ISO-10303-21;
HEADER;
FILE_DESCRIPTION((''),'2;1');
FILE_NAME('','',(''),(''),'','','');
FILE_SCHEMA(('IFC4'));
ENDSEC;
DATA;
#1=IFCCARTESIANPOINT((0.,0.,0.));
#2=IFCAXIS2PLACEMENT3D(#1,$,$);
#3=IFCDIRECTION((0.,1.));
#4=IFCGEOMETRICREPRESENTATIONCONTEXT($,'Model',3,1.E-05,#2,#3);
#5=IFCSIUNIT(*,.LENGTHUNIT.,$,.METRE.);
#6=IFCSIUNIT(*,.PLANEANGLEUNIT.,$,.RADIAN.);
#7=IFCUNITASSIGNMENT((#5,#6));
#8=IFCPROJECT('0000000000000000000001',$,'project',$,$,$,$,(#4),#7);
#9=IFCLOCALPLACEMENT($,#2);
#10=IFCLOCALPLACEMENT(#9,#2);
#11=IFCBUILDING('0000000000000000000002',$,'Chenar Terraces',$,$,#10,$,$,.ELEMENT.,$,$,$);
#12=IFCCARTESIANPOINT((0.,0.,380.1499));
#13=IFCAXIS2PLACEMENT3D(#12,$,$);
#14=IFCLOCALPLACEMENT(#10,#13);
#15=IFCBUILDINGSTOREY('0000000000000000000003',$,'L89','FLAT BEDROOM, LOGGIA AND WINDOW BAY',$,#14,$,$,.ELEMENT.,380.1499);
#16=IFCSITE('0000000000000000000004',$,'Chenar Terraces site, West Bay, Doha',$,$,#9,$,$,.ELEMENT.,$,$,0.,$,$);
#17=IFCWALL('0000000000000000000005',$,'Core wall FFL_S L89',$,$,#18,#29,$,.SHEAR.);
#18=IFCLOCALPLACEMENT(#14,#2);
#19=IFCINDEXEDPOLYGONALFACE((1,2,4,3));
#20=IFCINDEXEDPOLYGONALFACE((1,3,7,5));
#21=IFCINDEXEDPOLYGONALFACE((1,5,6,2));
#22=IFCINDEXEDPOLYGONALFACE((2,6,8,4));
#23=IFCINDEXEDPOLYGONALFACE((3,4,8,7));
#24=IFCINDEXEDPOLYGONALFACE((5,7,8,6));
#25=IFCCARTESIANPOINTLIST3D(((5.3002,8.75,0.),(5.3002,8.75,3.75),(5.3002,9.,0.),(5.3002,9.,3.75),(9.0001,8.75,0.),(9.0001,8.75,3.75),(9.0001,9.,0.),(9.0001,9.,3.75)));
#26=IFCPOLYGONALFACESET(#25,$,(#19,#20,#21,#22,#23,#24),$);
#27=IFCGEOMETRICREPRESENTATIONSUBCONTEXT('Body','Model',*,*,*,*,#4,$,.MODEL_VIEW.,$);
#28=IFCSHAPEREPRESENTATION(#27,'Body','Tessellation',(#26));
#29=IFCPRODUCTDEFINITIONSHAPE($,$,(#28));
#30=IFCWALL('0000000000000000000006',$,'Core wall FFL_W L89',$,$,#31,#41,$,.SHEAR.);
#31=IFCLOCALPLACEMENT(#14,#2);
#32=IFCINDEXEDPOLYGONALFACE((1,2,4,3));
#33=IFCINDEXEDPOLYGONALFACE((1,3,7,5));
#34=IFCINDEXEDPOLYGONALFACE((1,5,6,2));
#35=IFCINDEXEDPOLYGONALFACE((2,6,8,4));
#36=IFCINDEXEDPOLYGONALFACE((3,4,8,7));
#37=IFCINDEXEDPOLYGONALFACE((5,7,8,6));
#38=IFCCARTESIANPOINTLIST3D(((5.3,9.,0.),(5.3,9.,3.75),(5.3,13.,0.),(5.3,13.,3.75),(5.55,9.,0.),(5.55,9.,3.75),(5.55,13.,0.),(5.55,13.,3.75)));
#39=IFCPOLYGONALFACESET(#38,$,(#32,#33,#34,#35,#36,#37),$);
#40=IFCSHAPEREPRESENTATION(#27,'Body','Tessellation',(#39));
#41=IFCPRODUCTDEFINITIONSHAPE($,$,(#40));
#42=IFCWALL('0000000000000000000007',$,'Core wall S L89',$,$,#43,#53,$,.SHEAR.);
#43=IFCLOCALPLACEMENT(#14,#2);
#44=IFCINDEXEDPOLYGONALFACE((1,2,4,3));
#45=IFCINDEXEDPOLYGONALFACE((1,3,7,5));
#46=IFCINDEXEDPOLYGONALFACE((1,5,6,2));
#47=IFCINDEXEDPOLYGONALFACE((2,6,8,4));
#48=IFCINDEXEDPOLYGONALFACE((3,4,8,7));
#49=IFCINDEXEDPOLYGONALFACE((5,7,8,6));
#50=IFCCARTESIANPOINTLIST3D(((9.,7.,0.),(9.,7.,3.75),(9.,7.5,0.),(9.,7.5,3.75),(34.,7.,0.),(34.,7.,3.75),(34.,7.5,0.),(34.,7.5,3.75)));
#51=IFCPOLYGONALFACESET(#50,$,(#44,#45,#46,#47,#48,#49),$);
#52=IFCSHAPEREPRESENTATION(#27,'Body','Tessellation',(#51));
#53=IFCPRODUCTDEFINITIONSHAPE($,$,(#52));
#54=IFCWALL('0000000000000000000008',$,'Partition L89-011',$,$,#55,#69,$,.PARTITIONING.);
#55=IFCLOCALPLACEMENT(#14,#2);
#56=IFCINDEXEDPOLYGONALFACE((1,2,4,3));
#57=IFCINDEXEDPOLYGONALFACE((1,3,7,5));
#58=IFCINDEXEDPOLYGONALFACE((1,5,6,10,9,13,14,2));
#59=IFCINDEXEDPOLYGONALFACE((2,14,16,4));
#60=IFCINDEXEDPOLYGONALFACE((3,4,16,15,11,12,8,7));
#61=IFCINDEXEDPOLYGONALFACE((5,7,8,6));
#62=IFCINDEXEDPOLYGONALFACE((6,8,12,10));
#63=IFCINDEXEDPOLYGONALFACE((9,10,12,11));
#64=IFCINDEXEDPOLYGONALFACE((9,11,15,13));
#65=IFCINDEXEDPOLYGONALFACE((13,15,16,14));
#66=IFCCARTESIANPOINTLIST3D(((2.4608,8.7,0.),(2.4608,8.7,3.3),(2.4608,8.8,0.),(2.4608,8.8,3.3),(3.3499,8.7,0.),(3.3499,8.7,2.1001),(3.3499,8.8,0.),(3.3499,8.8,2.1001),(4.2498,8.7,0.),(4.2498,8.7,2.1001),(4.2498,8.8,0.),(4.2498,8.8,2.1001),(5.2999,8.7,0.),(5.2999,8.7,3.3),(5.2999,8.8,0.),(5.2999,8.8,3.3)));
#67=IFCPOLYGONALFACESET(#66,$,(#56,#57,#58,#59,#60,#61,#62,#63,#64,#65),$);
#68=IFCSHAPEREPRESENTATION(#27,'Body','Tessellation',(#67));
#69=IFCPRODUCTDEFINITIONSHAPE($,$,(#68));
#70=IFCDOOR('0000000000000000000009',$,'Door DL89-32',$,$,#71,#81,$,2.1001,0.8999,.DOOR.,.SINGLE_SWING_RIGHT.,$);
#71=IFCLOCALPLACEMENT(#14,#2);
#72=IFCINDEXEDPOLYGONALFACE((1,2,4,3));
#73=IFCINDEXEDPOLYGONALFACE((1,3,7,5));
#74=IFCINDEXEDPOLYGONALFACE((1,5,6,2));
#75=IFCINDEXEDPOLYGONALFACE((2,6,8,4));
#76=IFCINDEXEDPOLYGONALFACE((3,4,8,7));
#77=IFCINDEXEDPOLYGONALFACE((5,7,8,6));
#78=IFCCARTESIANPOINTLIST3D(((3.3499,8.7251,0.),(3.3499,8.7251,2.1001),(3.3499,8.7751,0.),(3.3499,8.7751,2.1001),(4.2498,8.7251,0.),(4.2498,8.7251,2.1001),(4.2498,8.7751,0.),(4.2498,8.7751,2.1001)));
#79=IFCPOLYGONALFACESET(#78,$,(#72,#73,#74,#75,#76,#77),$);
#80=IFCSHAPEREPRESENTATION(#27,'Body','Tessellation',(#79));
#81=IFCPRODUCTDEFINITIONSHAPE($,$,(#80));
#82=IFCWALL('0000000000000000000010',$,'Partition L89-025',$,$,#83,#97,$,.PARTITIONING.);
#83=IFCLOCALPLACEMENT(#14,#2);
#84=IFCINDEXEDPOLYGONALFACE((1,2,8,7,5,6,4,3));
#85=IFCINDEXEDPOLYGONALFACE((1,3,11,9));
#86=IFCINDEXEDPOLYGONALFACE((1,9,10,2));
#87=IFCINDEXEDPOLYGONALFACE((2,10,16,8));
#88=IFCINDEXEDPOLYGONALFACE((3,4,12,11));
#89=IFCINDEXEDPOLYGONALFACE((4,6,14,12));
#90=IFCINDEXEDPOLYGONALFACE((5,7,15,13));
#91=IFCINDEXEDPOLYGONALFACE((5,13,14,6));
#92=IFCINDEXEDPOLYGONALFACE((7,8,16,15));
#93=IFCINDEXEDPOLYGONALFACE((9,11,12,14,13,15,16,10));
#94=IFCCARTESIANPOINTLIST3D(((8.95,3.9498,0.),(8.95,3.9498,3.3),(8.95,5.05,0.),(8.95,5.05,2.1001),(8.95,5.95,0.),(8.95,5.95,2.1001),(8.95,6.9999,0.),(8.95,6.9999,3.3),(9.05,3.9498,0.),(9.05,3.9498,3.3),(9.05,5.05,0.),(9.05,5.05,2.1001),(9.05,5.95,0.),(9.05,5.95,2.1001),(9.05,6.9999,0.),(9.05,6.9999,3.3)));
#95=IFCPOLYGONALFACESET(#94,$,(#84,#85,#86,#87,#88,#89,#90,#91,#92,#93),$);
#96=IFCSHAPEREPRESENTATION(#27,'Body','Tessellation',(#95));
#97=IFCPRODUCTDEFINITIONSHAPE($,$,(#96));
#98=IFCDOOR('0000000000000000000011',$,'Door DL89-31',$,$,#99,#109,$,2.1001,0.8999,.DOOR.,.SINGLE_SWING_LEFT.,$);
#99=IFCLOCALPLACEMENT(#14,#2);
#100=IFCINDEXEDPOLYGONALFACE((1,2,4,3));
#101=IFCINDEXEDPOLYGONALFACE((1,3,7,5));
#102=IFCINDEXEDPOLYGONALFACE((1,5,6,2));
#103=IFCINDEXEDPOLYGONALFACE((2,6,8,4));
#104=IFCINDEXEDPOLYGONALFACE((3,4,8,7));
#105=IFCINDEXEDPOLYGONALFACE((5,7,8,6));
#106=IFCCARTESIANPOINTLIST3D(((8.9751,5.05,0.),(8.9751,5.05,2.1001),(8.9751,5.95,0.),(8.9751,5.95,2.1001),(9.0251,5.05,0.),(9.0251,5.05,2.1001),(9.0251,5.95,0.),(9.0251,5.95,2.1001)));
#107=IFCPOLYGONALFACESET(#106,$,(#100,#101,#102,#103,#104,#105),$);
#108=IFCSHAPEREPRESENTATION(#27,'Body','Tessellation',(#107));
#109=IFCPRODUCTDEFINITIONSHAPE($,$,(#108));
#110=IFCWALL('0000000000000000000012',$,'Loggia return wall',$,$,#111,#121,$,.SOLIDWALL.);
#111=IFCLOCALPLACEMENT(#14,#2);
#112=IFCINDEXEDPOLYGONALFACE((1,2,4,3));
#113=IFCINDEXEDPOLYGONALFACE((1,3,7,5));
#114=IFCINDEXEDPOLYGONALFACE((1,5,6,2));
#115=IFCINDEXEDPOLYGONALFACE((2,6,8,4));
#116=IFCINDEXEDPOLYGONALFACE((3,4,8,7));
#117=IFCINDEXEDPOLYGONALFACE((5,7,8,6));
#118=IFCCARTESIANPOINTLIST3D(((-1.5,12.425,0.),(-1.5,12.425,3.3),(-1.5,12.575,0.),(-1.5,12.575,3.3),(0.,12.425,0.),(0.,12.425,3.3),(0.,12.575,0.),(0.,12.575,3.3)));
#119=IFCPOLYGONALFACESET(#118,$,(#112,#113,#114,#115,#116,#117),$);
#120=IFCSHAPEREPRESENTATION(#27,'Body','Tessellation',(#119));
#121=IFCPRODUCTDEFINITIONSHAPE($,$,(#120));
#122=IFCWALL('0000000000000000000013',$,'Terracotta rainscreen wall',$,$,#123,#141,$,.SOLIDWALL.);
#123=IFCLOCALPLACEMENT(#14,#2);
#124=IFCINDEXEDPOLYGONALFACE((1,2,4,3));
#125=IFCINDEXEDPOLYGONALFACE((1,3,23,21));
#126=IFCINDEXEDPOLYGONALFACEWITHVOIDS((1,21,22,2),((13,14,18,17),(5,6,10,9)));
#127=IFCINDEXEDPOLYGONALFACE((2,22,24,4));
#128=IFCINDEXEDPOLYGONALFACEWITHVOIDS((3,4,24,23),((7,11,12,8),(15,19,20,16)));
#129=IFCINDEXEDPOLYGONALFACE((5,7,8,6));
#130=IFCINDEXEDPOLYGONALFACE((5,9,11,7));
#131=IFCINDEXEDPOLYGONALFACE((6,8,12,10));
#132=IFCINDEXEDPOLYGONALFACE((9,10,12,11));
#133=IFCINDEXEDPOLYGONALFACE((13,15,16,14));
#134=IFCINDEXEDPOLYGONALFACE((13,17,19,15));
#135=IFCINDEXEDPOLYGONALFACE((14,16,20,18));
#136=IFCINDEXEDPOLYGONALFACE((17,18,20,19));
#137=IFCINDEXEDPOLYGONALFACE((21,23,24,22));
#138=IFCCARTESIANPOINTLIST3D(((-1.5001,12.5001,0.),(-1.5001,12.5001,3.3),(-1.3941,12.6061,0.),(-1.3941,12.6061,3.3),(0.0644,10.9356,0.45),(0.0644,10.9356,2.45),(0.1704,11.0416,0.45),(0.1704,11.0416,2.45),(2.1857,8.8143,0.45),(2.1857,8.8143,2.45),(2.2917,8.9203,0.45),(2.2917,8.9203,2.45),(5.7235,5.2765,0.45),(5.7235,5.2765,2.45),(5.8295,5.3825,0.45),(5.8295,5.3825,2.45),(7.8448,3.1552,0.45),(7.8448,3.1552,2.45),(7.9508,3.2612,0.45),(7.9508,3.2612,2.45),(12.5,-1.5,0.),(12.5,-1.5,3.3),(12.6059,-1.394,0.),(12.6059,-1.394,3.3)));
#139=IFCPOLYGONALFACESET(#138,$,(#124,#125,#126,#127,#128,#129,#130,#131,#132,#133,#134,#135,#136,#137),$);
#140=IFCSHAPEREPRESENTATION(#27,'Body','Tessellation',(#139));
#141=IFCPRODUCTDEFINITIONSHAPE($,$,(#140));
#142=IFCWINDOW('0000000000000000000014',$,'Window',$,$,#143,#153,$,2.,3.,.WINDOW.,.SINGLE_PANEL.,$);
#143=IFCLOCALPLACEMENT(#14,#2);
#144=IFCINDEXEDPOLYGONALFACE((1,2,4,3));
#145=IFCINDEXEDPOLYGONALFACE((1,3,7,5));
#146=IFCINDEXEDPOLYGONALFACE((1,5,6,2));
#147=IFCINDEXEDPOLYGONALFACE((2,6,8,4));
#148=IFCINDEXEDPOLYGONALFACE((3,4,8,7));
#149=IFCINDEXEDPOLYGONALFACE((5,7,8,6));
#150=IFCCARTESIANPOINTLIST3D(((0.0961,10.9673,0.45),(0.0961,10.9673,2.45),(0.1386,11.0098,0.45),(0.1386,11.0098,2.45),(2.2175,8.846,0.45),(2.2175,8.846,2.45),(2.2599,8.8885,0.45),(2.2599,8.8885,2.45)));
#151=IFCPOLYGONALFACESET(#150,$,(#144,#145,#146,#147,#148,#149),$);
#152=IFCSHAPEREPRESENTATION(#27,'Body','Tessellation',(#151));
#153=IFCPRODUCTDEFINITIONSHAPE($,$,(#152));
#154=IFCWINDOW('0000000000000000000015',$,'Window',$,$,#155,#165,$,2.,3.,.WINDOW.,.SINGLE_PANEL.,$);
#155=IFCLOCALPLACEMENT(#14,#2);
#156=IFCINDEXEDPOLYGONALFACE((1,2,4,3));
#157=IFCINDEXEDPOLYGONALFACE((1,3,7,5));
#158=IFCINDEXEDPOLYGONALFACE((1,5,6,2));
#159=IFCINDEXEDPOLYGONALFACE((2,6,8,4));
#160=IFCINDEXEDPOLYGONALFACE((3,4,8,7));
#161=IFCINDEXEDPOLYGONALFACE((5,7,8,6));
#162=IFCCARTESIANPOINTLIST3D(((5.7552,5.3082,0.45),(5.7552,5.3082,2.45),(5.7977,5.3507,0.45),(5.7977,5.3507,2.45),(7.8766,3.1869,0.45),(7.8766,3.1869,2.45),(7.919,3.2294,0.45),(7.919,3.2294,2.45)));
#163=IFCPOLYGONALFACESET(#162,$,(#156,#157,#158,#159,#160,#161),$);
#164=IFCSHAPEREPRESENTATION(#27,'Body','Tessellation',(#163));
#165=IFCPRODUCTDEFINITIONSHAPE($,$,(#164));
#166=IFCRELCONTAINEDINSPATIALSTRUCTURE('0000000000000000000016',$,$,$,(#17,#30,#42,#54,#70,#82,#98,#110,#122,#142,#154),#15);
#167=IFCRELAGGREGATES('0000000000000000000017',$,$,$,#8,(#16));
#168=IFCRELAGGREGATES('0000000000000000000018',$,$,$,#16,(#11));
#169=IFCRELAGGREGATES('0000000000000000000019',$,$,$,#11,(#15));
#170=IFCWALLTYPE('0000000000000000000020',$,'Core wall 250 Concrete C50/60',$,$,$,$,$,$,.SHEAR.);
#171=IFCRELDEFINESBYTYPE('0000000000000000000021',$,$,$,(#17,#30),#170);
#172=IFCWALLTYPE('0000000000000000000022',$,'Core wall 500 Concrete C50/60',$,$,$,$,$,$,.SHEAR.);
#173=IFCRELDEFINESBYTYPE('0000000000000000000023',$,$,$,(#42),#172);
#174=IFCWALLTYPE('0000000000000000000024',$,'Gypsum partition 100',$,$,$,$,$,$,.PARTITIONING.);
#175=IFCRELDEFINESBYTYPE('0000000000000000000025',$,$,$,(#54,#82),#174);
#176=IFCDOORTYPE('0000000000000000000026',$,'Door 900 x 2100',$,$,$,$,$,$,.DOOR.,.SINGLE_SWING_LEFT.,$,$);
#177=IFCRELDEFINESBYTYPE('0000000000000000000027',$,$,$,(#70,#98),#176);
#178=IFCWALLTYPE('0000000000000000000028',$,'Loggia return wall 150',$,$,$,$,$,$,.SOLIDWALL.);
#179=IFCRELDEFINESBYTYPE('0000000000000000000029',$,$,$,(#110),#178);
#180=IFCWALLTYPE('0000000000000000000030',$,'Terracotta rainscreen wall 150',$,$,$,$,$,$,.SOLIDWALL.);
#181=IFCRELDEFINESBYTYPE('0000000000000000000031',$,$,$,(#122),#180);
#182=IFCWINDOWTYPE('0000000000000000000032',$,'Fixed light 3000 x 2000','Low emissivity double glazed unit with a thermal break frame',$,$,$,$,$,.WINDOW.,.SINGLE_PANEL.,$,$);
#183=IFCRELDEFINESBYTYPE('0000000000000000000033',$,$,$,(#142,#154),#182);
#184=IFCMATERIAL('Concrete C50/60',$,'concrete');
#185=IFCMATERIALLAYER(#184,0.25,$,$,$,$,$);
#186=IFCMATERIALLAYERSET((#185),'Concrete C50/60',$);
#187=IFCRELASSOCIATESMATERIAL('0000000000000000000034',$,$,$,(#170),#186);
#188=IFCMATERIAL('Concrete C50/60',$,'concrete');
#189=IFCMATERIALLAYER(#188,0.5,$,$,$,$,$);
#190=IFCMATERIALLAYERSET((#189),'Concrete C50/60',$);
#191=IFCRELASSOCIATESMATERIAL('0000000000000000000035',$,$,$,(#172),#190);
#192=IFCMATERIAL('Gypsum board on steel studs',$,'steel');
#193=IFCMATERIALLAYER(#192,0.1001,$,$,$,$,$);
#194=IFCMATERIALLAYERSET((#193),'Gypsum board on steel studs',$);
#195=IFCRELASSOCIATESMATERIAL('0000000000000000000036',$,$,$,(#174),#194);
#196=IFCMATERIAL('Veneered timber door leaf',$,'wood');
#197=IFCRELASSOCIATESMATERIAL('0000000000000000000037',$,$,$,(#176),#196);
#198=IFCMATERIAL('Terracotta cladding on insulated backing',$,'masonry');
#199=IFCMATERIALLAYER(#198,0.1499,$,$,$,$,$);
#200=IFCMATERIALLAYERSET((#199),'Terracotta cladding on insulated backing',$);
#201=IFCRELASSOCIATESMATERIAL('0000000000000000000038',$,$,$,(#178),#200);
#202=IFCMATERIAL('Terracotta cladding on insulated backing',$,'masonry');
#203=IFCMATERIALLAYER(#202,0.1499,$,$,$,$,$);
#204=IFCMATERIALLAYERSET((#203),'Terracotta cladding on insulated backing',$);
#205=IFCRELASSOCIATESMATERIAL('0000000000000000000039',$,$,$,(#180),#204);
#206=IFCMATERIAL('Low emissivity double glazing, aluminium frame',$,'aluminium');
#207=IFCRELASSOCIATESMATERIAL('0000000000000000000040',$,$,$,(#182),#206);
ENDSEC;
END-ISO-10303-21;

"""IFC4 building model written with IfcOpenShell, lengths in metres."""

from ifc_helpers import new_model, si_unit, direction, frame, frame_2d, origin, place, context, subcontext, project, spatial, rectangle, extrude, material, layer, layer_set, type_object, element, fill, save


model = new_model("IFC4")

# Units and contexts
model_context = context("Model", 3, precision=1e-05, world=origin(), true_north=direction((0.0, 1.0)))
body_context = subcontext(model_context, "Body", "Model", "MODEL_VIEW")
ifc_project = project(units=[si_unit("LENGTHUNIT", "METRE"), si_unit("PLANEANGLEUNIT", "RADIAN")], contexts=[model_context])

# Site, building, storey
site_placement = place(None, origin())
site = spatial("IfcSite", under=ifc_project, at=site_placement, Name="Chenar Terraces site, West Bay, Doha", CompositionType="ELEMENT", RefElevation=0.0)
building_placement = place(site_placement, origin())
building = spatial("IfcBuilding", under=site, at=building_placement, Name="Chenar Terraces", CompositionType="ELEMENT")
storey_placement = place(building_placement, frame((0.0, 0.0, 380.1499)))
storey = spatial("IfcBuildingStorey", under=building, at=storey_placement, Name="L89", Description="FLAT BEDROOM, LOGGIA AND WINDOW BAY", CompositionType="ELEMENT", Elevation=380.1499)

# Shared definitions
ifc_material_1 = material(Name="Concrete C50/60", Category="concrete")
ifc_layer_1 = layer(ifc_material_1, 0.25)
ifc_layer_set_1 = layer_set([ifc_layer_1], Name="Concrete C50/60")
wall_type_1 = type_object("IfcWallType", Name="Core wall 250 Concrete C50/60", PredefinedType="SHEAR", material=ifc_layer_set_1)

# Walls
wall_1_placement = place(storey_placement, frame((5.3, 8.875, 0.0), z_axis=(0.0, 0.0, 1.0), x_axis=(1.0, 0.0, 0.0)))
element("IfcWall", 1, at=wall_1_placement, inside=storey, type_object=wall_type_1, Name="Core wall FFL_S L89", PredefinedType="SHEAR", context=body_context, shape_type="SweptSolid", body=[
    extrude(rectangle(XDim=3.7, YDim=0.25, at=frame_2d((1.8501, 0.0))), origin(), (0.0, 0.0, 1.0), 3.75),
])
wall_2_placement = place(storey_placement, frame((5.425, 9.0, 0.0), z_axis=(0.0, 0.0, 1.0), x_axis=(0.0, 1.0, 0.0)))
element("IfcWall", 2, at=wall_2_placement, inside=storey, type_object=wall_type_1, Name="Core wall FFL_W L89", PredefinedType="SHEAR", context=body_context, shape_type="SweptSolid", body=[
    extrude(rectangle(XDim=4.0, YDim=0.25, at=frame_2d((2.0, 0.0))), origin(), (0.0, 0.0, 1.0), 3.75),
])
ifc_material_2 = material(Name="Concrete C50/60", Category="concrete")
ifc_layer_2 = layer(ifc_material_2, 0.5)
ifc_layer_set_2 = layer_set([ifc_layer_2], Name="Concrete C50/60")
wall_type_2 = type_object("IfcWallType", Name="Core wall 500 Concrete C50/60", PredefinedType="SHEAR", material=ifc_layer_set_2)
wall_3_placement = place(storey_placement, frame((9.0, 7.25, 0.0), z_axis=(0.0, 0.0, 1.0), x_axis=(1.0, 0.0, 0.0)))
element("IfcWall", 3, at=wall_3_placement, inside=storey, type_object=wall_type_2, Name="Core wall S L89", PredefinedType="SHEAR", context=body_context, shape_type="SweptSolid", body=[
    extrude(rectangle(XDim=25.0, YDim=0.5, at=frame_2d((12.5, 0.0))), origin(), (0.0, 0.0, 1.0), 3.75),
])

# Walls, openings, doors
ifc_material_3 = material(Name="Gypsum board on steel studs", Category="steel")
ifc_layer_3 = layer(ifc_material_3, 0.1001)
ifc_layer_set_3 = layer_set([ifc_layer_3], Name="Gypsum board on steel studs")
wall_type_3 = type_object("IfcWallType", Name="Gypsum partition 100", PredefinedType="PARTITIONING", material=ifc_layer_set_3)
wall_4_placement = place(storey_placement, frame((2.4609, 8.75, 0.0), z_axis=(0.0, 0.0, 1.0), x_axis=(1.0, 0.0, 0.0)))
wall_4 = element("IfcWall", 4, at=wall_4_placement, inside=storey, type_object=wall_type_3, Name="Partition L89-011", PredefinedType="PARTITIONING", context=body_context, shape_type="SweptSolid", body=[
    extrude(rectangle(XDim=2.8391, YDim=0.1001, at=frame_2d((1.4194, 0.0))), origin(), (0.0, 0.0, 1.0), 3.3),
])
opening_1_placement = place(wall_4_placement, frame((0.8889, 0.0, 0.0)))
opening_1 = element("IfcOpeningElement", 5, at=opening_1_placement, cuts=wall_4, PredefinedType="OPENING", context=body_context, shape_type="SweptSolid", body=[
    extrude(rectangle(XDim=0.8999, YDim=2.1001, at=frame_2d((0.45, 1.05))), frame((0.0, 0.0601, 0.0), z_axis=(0.0, -1.0, 0.0), x_axis=(1.0, 0.0, 0.0)), (0.0, 0.0, 1.0), 0.1201),
])
ifc_material_4 = material(Name="Veneered timber door leaf", Category="wood")
door_type_1 = type_object("IfcDoorType", Name="Door 900 x 2100", OperationType="SINGLE_SWING_LEFT", PredefinedType="DOOR", material=ifc_material_4)
door_1_placement = place(opening_1_placement, frame((0.8999, 0.0, 0.0), z_axis=(0.0, 0.0, 1.0), x_axis=(-1.0, 0.0, 0.0)))
door_1 = element("IfcDoor", 6, at=door_1_placement, inside=storey, type_object=door_type_1, Name="Door DL89-32", OperationType="SINGLE_SWING_RIGHT", OverallHeight=2.1001, OverallWidth=0.8999, PredefinedType="DOOR", context=body_context, shape_type="SweptSolid", body=[
    extrude(rectangle(XDim=0.8999, YDim=2.1001, at=frame_2d((0.45, 1.05))), frame((0.0, 0.0249, 0.0), z_axis=(0.0, -1.0, 0.0), x_axis=(1.0, 0.0, 0.0)), (0.0, 0.0, 1.0), 0.05),
])
fill(opening_1, door_1)
wall_5_placement = place(storey_placement, frame((9.0, 3.95, 0.0), z_axis=(0.0, 0.0, 1.0), x_axis=(0.0, 1.0, 0.0)))
wall_5 = element("IfcWall", 7, at=wall_5_placement, inside=storey, type_object=wall_type_3, Name="Partition L89-025", PredefinedType="PARTITIONING", context=body_context, shape_type="SweptSolid", body=[
    extrude(rectangle(XDim=3.05, YDim=0.1001, at=frame_2d((1.5249, 0.0))), origin(), (0.0, 0.0, 1.0), 3.3),
])
opening_2_placement = place(wall_5_placement, frame((1.1001, 0.0, 0.0)))
opening_2 = element("IfcOpeningElement", 8, at=opening_2_placement, cuts=wall_5, PredefinedType="OPENING", context=body_context, shape_type="SweptSolid", body=[
    extrude(rectangle(XDim=0.8999, YDim=2.1001, at=frame_2d((0.45, 1.05))), frame((0.0, 0.0601, 0.0), z_axis=(0.0, -1.0, 0.0), x_axis=(1.0, 0.0, 0.0)), (0.0, 0.0, 1.0), 0.1201),
])
door_2_placement = place(opening_2_placement, origin())
door_2 = element("IfcDoor", 9, at=door_2_placement, inside=storey, type_object=door_type_1, Name="Door DL89-31", OperationType="SINGLE_SWING_LEFT", OverallHeight=2.1001, OverallWidth=0.8999, PredefinedType="DOOR", context=body_context, shape_type="SweptSolid", body=[
    extrude(rectangle(XDim=0.8999, YDim=2.1001, at=frame_2d((0.45, 1.05))), frame((0.0, 0.0249, 0.0), z_axis=(0.0, -1.0, 0.0), x_axis=(1.0, 0.0, 0.0)), (0.0, 0.0, 1.0), 0.05),
])
fill(opening_2, door_2)

# Wall
ifc_material_5 = material(Name="Terracotta cladding on insulated backing", Category="masonry")
ifc_layer_4 = layer(ifc_material_5, 0.1499)
ifc_layer_set_4 = layer_set([ifc_layer_4], Name="Terracotta cladding on insulated backing")
wall_type_4 = type_object("IfcWallType", Name="Loggia return wall 150", PredefinedType="SOLIDWALL", material=ifc_layer_set_4)
wall_6_placement = place(storey_placement, frame((-1.5, 12.5, 0.0), z_axis=(0.0, 0.0, 1.0), x_axis=(1.0, 0.0, 0.0)))
element("IfcWall", 10, at=wall_6_placement, inside=storey, type_object=wall_type_4, Name="Loggia return wall", PredefinedType="SOLIDWALL", context=body_context, shape_type="SweptSolid", body=[
    extrude(rectangle(XDim=1.5, YDim=0.1499, at=frame_2d((0.75, 0.0))), origin(), (0.0, 0.0, 1.0), 3.3),
])

# Wall, openings, windows
ifc_material_6 = material(Name="Terracotta cladding on insulated backing", Category="masonry")
ifc_layer_5 = layer(ifc_material_6, 0.1499)
ifc_layer_set_5 = layer_set([ifc_layer_5], Name="Terracotta cladding on insulated backing")
wall_type_5 = type_object("IfcWallType", Name="Terracotta rainscreen wall 150", PredefinedType="SOLIDWALL", material=ifc_layer_set_5)
wall_7_placement = place(storey_placement, frame((-1.447, 12.553, 0.0), z_axis=(0.0, 0.0, 1.0), x_axis=(0.707107, -0.707107, 0.0)))
wall_7 = element("IfcWall", 11, at=wall_7_placement, inside=storey, type_object=wall_type_5, Name="Terracotta rainscreen wall", PredefinedType="SOLIDWALL", context=body_context, shape_type="SweptSolid", body=[
    extrude(rectangle(XDim=19.7991, YDim=0.1499, at=frame_2d((9.8994, 0.0))), origin(), (0.0, 0.0, 1.0), 3.3),
])
opening_3_placement = place(wall_7_placement, frame((2.2124, 0.0, 0.45)))
opening_3 = element("IfcOpeningElement", 12, at=opening_3_placement, cuts=wall_7, PredefinedType="OPENING", context=body_context, shape_type="SweptSolid", body=[
    extrude(rectangle(XDim=3.0, YDim=2.0, at=frame_2d((1.5, 1.0))), frame((0.0, 0.085, 0.0), z_axis=(0.0, -1.0, 0.0), x_axis=(1.0, 0.0, 0.0)), (0.0, 0.0, 1.0), 0.1699),
])
opening_4_placement = place(wall_7_placement, frame((10.2156, 0.0, 0.45)))
opening_4 = element("IfcOpeningElement", 13, at=opening_4_placement, cuts=wall_7, PredefinedType="OPENING", context=body_context, shape_type="SweptSolid", body=[
    extrude(rectangle(XDim=3.0, YDim=2.0, at=frame_2d((1.5, 1.0))), frame((0.0, 0.085, 0.0), z_axis=(0.0, -1.0, 0.0), x_axis=(1.0, 0.0, 0.0)), (0.0, 0.0, 1.0), 0.1699),
])
ifc_material_7 = material(Name="Low emissivity double glazing, aluminium frame", Category="aluminium")
window_type = type_object("IfcWindowType", Name="Fixed light 3000 x 2000", Description="Low emissivity double glazed unit with a thermal break frame", PartitioningType="SINGLE_PANEL", PredefinedType="WINDOW", material=ifc_material_7)
window_1_placement = place(opening_3_placement, origin())
window_1 = element("IfcWindow", 14, at=window_1_placement, inside=storey, type_object=window_type, Name="Window", OverallHeight=2.0, OverallWidth=3.0, PartitioningType="SINGLE_PANEL", PredefinedType="WINDOW", context=body_context, shape_type="SweptSolid", body=[
    extrude(rectangle(XDim=3.0, YDim=2.0, at=frame_2d((1.5, 1.0))), frame((0.0, 0.03, 0.0), z_axis=(0.0, -1.0, 0.0), x_axis=(1.0, 0.0, 0.0)), (0.0, 0.0, 1.0), 0.0601),
])
fill(opening_3, window_1)
window_2_placement = place(opening_4_placement, origin())
window_2 = element("IfcWindow", 15, at=window_2_placement, inside=storey, type_object=window_type, Name="Window", OverallHeight=2.0, OverallWidth=3.0, PartitioningType="SINGLE_PANEL", PredefinedType="WINDOW", context=body_context, shape_type="SweptSolid", body=[
    extrude(rectangle(XDim=3.0, YDim=2.0, at=frame_2d((1.5, 1.0))), frame((0.0, 0.03, 0.0), z_axis=(0.0, -1.0, 0.0), x_axis=(1.0, 0.0, 0.0)), (0.0, 0.0, 1.0), 0.0601),
])
fill(opening_4, window_2)

save(model, "model.ifc")
